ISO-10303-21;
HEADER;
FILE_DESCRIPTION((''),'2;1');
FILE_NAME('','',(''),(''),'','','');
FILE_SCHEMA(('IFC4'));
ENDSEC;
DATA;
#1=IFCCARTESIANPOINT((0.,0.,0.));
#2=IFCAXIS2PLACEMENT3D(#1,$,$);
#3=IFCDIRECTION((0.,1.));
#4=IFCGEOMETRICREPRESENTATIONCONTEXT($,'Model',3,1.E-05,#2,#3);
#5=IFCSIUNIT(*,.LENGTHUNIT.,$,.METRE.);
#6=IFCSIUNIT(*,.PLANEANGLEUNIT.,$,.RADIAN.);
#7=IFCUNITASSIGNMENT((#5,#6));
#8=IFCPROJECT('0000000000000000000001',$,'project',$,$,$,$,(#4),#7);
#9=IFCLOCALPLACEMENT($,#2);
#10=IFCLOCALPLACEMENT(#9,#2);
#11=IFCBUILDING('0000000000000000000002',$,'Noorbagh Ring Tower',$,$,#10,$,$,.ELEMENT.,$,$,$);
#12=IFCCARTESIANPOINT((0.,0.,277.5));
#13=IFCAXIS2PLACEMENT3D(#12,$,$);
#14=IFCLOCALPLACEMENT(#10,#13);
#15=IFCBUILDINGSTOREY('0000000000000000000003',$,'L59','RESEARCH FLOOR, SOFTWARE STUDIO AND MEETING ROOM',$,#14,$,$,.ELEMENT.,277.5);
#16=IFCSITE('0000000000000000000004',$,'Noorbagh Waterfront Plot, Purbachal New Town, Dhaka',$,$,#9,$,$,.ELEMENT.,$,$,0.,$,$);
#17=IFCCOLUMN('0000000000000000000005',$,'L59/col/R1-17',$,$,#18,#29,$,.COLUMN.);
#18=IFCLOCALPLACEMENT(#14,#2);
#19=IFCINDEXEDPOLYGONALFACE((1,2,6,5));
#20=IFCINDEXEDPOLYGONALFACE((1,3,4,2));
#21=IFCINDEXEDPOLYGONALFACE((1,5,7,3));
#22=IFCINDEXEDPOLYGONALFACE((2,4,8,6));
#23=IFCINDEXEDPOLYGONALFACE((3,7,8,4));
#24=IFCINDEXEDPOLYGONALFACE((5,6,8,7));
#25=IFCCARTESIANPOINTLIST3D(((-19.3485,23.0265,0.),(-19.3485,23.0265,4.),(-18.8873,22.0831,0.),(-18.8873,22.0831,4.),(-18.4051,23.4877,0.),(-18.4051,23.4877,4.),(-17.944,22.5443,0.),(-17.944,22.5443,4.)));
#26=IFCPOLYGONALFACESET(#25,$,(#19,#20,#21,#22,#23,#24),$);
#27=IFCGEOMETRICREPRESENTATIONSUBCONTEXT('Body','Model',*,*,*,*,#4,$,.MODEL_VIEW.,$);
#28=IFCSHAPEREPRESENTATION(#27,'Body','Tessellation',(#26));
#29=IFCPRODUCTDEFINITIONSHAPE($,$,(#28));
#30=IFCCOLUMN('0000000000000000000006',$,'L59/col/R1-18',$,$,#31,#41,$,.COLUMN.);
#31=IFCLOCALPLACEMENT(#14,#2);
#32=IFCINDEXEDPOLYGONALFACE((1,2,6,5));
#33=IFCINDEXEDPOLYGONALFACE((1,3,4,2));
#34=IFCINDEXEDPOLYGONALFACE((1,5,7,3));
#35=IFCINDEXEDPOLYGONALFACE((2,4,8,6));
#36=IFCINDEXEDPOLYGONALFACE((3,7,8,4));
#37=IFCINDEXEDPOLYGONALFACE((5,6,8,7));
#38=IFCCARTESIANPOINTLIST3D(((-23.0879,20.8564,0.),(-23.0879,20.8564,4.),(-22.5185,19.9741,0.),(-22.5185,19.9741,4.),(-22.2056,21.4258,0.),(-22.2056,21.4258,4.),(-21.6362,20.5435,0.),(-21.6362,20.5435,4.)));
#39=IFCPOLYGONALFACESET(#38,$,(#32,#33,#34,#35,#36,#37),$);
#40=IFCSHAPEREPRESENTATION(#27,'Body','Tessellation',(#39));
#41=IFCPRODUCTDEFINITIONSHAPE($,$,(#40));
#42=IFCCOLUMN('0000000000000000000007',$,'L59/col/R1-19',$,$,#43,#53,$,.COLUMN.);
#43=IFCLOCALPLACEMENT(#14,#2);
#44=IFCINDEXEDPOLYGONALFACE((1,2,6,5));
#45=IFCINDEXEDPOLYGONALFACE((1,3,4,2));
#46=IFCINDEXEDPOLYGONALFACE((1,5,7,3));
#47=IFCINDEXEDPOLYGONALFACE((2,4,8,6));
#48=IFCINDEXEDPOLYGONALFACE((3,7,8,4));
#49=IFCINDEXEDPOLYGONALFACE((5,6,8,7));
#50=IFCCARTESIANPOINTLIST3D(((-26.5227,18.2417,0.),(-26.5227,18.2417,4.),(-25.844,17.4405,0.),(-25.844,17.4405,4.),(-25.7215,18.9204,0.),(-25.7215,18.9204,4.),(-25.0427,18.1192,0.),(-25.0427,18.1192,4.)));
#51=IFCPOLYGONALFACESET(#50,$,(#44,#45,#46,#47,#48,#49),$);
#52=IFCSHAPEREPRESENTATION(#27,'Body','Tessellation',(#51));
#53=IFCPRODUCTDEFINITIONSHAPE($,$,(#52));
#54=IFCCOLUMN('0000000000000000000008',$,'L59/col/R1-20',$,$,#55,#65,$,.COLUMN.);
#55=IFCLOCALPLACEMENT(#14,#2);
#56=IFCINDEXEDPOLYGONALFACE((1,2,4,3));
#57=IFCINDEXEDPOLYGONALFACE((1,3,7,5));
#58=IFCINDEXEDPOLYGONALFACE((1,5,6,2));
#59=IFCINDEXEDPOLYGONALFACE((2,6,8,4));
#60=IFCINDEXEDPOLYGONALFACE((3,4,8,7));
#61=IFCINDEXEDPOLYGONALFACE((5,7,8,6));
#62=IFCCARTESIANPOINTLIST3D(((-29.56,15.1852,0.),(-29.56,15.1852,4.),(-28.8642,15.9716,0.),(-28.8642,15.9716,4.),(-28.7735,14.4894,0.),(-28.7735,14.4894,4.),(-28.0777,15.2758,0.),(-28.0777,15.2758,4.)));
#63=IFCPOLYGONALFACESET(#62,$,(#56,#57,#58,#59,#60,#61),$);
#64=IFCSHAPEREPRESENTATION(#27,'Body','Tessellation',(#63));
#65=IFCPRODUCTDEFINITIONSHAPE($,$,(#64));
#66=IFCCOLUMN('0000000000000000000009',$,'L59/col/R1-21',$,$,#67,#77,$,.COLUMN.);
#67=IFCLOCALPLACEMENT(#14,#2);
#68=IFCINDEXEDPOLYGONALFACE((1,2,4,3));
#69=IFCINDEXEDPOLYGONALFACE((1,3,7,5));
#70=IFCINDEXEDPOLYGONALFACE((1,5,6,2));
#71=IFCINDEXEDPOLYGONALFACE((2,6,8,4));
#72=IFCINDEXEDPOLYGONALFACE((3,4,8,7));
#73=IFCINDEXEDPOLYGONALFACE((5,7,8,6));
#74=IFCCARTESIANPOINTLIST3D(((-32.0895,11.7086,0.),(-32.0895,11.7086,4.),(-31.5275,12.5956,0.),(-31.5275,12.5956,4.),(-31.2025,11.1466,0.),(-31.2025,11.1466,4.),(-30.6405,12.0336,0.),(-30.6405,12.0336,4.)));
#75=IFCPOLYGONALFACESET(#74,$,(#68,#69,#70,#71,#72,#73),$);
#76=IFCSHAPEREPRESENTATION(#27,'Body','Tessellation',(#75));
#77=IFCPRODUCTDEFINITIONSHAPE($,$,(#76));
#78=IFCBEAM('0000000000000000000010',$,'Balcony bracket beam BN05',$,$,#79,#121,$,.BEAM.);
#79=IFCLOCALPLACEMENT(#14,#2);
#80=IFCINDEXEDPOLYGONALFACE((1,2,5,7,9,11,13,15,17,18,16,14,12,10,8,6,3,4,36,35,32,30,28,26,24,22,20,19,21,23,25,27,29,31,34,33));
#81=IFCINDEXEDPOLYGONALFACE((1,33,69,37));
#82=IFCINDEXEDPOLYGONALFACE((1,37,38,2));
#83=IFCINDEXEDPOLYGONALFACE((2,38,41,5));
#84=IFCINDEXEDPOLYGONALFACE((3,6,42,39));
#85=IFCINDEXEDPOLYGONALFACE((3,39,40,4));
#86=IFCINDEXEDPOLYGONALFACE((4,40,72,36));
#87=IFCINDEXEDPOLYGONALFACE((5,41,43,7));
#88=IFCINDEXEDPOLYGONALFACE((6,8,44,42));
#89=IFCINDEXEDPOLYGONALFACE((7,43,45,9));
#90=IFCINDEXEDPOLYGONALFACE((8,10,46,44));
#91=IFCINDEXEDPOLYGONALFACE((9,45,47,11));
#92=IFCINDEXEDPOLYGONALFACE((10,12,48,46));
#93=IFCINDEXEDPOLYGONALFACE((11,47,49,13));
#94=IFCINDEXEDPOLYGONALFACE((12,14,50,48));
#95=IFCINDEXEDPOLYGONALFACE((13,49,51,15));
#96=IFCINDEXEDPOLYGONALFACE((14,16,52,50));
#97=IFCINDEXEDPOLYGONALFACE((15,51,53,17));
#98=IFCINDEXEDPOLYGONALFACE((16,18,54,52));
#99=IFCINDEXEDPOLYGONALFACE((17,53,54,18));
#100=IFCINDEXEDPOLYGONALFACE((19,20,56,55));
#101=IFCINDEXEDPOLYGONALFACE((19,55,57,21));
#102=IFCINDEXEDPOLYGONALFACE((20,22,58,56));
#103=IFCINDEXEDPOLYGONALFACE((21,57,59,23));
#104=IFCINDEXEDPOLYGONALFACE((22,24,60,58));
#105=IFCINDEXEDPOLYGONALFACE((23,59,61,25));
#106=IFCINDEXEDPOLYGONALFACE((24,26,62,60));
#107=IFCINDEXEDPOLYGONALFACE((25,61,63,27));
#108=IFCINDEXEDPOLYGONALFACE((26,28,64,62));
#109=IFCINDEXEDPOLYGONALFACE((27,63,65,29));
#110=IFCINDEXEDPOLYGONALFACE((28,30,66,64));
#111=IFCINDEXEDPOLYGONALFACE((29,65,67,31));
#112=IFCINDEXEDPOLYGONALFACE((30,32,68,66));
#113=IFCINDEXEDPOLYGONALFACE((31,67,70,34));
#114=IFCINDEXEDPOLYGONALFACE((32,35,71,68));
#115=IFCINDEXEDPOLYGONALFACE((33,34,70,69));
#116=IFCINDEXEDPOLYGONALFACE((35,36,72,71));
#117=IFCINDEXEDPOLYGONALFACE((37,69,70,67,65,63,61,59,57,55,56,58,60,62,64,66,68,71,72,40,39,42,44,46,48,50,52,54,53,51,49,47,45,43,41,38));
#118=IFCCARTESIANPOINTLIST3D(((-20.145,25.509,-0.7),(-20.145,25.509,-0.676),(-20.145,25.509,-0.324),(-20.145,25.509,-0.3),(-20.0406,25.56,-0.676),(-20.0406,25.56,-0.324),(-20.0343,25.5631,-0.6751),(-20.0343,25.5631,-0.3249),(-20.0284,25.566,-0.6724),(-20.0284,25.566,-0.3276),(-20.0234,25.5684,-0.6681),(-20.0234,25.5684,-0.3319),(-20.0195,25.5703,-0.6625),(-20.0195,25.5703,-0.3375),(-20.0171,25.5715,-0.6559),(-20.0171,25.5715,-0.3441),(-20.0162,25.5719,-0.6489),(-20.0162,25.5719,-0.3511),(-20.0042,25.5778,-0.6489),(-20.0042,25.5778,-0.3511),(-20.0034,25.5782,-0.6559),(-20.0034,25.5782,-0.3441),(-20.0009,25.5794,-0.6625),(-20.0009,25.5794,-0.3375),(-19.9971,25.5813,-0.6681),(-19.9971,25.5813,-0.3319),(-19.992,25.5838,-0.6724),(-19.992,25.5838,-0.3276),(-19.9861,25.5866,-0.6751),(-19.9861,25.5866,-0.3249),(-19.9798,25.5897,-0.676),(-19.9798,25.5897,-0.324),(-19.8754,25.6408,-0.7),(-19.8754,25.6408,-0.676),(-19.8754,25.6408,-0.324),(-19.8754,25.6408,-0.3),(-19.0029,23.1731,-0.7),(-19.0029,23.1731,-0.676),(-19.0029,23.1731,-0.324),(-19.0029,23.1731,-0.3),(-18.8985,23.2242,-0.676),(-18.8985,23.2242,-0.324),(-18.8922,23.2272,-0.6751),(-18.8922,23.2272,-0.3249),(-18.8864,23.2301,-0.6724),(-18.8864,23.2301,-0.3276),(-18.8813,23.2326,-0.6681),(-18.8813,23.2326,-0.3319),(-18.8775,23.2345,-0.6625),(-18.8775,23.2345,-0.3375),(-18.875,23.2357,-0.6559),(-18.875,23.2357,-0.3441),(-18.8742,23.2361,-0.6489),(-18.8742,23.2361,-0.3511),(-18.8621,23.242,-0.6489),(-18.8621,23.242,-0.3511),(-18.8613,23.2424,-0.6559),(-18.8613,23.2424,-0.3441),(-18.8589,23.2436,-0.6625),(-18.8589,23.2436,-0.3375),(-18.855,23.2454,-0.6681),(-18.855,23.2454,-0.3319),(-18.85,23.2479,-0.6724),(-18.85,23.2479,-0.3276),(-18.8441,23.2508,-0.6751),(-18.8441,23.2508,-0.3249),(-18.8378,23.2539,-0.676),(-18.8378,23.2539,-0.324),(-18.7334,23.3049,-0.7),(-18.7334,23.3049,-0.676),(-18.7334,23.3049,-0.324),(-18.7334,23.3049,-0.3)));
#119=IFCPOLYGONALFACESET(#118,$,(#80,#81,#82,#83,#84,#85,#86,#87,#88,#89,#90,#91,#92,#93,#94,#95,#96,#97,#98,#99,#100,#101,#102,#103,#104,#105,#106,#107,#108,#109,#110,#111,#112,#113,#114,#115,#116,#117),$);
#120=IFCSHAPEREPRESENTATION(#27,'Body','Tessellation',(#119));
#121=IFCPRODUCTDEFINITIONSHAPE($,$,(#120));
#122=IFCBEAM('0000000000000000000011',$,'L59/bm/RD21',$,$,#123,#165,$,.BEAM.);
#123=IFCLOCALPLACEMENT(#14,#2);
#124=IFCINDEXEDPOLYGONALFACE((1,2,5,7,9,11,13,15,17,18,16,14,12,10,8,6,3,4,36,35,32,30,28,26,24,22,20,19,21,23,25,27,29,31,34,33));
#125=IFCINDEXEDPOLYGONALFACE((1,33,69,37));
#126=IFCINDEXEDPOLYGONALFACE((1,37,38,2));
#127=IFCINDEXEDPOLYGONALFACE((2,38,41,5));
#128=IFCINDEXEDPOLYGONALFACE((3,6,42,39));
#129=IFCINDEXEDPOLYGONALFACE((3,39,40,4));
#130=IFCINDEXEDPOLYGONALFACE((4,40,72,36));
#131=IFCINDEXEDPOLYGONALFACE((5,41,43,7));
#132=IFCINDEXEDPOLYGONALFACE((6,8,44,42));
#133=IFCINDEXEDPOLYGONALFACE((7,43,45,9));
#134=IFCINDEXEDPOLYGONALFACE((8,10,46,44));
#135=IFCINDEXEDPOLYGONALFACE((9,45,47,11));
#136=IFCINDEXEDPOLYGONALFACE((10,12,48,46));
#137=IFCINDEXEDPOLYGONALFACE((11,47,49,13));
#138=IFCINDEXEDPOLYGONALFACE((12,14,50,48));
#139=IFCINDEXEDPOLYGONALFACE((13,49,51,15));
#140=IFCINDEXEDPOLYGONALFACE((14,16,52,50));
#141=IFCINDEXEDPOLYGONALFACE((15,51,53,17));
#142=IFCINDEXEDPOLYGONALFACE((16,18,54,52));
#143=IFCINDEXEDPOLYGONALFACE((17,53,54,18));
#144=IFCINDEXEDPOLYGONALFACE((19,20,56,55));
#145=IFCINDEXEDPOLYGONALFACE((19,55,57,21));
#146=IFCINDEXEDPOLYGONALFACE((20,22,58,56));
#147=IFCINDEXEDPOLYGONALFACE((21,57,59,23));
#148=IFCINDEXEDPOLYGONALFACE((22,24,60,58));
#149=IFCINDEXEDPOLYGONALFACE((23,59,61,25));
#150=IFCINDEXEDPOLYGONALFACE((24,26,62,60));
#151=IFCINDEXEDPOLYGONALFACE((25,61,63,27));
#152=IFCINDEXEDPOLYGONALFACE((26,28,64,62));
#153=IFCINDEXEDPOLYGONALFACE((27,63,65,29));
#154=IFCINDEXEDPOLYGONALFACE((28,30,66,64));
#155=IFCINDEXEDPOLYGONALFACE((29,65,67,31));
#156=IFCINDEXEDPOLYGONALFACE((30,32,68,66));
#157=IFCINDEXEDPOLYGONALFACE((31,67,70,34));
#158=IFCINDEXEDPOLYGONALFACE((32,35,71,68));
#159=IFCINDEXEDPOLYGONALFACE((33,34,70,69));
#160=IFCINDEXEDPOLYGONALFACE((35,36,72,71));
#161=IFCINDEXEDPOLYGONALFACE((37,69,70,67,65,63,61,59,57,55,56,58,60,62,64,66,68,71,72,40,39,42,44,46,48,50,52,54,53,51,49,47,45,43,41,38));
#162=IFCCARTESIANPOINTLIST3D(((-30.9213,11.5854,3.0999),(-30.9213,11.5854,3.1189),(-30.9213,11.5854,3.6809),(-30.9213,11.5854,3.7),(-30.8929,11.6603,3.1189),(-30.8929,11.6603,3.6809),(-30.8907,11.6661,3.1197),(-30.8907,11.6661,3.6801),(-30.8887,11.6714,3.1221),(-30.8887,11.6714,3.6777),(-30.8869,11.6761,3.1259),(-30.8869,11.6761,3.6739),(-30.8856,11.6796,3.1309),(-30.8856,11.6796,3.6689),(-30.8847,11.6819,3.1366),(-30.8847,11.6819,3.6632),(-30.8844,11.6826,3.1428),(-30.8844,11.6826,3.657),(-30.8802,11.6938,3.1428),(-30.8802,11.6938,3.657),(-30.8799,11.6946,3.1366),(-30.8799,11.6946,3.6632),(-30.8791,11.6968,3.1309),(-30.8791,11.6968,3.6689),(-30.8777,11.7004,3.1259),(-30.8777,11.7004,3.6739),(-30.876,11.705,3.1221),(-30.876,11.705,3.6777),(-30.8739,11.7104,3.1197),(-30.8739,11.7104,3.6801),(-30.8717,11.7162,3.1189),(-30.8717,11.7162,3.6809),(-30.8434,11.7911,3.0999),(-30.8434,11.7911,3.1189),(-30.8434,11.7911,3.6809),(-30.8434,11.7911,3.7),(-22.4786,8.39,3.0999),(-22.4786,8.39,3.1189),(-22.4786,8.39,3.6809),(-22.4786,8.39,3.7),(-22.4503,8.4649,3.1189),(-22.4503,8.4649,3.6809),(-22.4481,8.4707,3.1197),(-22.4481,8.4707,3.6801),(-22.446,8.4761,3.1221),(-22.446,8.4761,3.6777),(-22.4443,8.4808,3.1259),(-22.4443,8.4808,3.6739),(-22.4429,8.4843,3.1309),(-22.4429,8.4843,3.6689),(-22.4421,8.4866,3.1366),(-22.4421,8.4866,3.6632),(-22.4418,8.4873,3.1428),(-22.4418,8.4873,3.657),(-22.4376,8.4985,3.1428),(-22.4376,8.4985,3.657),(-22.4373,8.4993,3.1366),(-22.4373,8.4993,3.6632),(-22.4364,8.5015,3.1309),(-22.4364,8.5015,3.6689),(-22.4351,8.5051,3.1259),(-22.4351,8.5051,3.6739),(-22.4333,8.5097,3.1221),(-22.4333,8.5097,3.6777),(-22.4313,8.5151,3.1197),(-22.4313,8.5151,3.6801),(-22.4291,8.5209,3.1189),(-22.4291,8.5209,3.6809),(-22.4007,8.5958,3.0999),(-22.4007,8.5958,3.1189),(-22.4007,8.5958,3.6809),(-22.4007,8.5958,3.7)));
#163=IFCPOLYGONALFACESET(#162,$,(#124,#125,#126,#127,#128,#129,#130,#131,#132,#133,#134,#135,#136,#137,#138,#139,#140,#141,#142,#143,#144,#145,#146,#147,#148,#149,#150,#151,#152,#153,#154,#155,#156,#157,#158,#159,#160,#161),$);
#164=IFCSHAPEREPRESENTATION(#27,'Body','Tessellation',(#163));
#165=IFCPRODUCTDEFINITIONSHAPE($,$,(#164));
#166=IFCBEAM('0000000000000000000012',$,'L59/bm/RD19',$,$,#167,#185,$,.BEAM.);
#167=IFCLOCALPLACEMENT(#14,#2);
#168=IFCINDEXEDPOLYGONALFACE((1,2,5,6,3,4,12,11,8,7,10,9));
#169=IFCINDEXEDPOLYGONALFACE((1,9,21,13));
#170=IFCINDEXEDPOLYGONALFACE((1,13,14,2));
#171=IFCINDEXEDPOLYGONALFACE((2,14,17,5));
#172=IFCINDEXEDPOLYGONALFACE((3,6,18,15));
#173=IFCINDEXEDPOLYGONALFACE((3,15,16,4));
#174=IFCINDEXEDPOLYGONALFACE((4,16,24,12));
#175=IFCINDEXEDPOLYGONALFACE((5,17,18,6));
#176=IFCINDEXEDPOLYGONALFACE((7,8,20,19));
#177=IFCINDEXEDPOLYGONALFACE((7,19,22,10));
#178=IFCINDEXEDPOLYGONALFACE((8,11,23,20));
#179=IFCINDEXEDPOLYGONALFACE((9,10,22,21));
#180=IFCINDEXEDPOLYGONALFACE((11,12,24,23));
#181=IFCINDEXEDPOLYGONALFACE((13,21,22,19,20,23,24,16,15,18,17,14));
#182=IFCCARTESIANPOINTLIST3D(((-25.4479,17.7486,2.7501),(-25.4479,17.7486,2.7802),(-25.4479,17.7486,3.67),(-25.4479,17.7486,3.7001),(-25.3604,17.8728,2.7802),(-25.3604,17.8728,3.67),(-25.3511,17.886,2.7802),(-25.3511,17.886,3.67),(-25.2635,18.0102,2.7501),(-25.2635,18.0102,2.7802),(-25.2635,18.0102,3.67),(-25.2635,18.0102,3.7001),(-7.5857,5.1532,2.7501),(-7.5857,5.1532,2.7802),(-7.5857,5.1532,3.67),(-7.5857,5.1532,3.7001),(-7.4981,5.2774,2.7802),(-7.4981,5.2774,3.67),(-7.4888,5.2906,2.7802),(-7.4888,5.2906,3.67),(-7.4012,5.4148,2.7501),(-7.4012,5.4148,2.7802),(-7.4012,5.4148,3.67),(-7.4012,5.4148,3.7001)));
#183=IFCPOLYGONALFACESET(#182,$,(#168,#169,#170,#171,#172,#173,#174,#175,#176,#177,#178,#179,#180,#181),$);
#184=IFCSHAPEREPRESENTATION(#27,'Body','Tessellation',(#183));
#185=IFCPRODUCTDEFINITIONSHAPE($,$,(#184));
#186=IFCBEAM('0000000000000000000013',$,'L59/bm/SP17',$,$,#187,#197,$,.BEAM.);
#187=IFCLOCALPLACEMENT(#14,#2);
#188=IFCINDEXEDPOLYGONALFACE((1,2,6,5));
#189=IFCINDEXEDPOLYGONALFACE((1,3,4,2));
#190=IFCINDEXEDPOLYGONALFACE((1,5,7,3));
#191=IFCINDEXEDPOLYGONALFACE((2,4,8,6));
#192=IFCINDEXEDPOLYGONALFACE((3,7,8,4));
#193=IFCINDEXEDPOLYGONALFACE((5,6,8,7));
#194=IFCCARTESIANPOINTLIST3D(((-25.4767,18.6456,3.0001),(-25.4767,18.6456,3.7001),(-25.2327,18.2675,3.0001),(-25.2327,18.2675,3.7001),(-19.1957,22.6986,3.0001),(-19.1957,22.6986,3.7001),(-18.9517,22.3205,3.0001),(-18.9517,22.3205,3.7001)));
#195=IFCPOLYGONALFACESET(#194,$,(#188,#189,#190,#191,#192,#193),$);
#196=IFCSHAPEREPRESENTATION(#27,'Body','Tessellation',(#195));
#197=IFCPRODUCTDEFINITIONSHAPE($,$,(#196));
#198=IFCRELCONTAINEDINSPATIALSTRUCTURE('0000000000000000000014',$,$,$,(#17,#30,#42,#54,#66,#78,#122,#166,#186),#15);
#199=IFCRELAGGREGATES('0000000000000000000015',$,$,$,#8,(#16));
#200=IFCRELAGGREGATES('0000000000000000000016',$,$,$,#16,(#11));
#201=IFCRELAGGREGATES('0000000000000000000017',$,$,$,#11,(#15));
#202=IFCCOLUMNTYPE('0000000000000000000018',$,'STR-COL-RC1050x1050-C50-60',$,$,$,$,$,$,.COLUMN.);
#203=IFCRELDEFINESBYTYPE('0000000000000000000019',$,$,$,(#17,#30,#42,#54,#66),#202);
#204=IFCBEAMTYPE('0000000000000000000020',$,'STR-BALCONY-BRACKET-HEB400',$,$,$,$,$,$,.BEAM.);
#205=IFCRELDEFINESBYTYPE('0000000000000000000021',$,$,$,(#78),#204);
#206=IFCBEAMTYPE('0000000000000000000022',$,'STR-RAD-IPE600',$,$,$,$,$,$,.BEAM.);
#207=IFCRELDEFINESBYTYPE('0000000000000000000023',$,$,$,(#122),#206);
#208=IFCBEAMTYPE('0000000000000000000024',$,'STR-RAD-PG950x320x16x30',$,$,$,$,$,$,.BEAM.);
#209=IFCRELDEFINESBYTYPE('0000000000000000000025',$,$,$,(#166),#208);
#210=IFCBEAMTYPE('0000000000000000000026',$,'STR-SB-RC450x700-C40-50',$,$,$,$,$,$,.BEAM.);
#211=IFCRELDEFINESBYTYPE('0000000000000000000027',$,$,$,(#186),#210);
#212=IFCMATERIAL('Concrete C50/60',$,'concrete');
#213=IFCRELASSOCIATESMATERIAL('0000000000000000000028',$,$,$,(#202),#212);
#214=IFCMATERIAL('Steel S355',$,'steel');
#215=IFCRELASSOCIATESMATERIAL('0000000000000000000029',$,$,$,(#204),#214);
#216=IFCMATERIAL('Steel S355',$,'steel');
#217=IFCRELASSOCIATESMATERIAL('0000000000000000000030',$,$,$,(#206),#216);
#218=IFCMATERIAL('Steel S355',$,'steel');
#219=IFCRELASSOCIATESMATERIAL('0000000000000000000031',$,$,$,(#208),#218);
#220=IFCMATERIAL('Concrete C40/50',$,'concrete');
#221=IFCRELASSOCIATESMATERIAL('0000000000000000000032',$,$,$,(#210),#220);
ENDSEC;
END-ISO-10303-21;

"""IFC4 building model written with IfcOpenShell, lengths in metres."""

from ifc_helpers import new_model, si_unit, direction, frame, origin, origin_2d, place, context, subcontext, project, spatial, rectangle, i_section, extrude, material, material_profile, profile_set, type_object, element, save


model = new_model("IFC4")

# Units and contexts
model_context = context("Model", 3, precision=1e-05, world=origin(), true_north=direction((0.0, 1.0)))
body_context = subcontext(model_context, "Body", "Model", "MODEL_VIEW")
ifc_project = project(units=[si_unit("LENGTHUNIT", "METRE"), si_unit("PLANEANGLEUNIT", "RADIAN")], contexts=[model_context])

# Site, building, storey
site_placement = place(None, origin())
site = spatial("IfcSite", under=ifc_project, at=site_placement, Name="Noorbagh Waterfront Plot, Purbachal New Town, Dhaka", CompositionType="ELEMENT", RefElevation=0.0)
building_placement = place(site_placement, origin())
building = spatial("IfcBuilding", under=site, at=building_placement, Name="Noorbagh Ring Tower", CompositionType="ELEMENT")
storey_placement = place(building_placement, frame((0.0, 0.0, 277.5)))
storey = spatial("IfcBuildingStorey", under=building, at=storey_placement, Name="L59", Description="RESEARCH FLOOR, SOFTWARE STUDIO AND MEETING ROOM", CompositionType="ELEMENT", Elevation=277.5)

# Columns
ifc_material_1 = material(Name="Concrete C50/60", Category="concrete")
ifc_material_profile_1 = material_profile(ifc_material_1, rectangle(XDim=1.05, YDim=1.05, at=origin_2d()), Name="RC1050x1050")
ifc_profile_set_1 = profile_set([ifc_material_profile_1], Name="Concrete C50/60")
column_type = type_object("IfcColumnType", Name="STR-COL-RC1050x1050-C50-60", PredefinedType="COLUMN", material=ifc_profile_set_1)
for number, where, z_axis, x_axis, name in (
    (1, (-18.6462, 22.7854, 0.0), (0.0, 0.0, 1.0), (-0.898399, -0.43918, 0.0), "L59/col/R1-17"),
    (2, (-22.3621, 20.7, 0.0), (0.0, 0.0, 1.0), (-0.840248, -0.542203, 0.0), "L59/col/R1-18"),
    (3, (-25.7827, 18.1804, 0.0), (0.0, 0.0, 1.0), (-0.763035, -0.646357, 0.0), "L59/col/R1-19"),
    (4, (-28.8188, 15.2305, 0.0), (0.0, 0.0, 1.0), (-0.662636, -0.748942, 0.0), "L59/col/R1-20"),
    (5, (-31.365, 11.8711, 0.0), (0.0, 0.0, 1.0), (-0.53519, -0.844731, 0.0), "L59/col/R1-21"),
):
    element("IfcColumn", number, at=place(storey_placement, frame(where, z_axis=z_axis, x_axis=x_axis)), inside=storey, type_object=column_type, Name=name, PredefinedType="COLUMN", context=body_context, shape_type="SweptSolid", body=[
        extrude(rectangle(XDim=1.05, YDim=1.05, at=origin_2d()), origin(), (0.0, 0.0, 1.0), 4.0),
    ])

# Beams
ifc_material_2 = material(Name="Steel S355", Category="steel")
ifc_material_profile_2 = material_profile(ifc_material_2, i_section(OverallWidth=0.3, OverallDepth=0.3999, WebThickness=0.0134, FlangeThickness=0.0239, FilletRadius=0.0271, at=origin_2d()), Name="HEB400")
ifc_profile_set_2 = profile_set([ifc_material_profile_2], Name="Steel S355")
beam_type_1 = type_object("IfcBeamType", Name="STR-BALCONY-BRACKET-HEB400", PredefinedType="BEAM", material=ifc_profile_set_2)
beam_1_placement = place(storey_placement, frame((-18.8682, 23.239, -0.5), z_axis=(-0.439234, 0.898373, 0.0), x_axis=(-0.898373, -0.439234, 0.0)))
element("IfcBeam", 6, at=beam_1_placement, inside=storey, type_object=beam_type_1, Name="Balcony bracket beam BN05", PredefinedType="BEAM", context=body_context, shape_type="SweptSolid", body=[
    extrude(i_section(OverallWidth=0.3, OverallDepth=0.3999, WebThickness=0.0134, FlangeThickness=0.0239, FilletRadius=0.0271, at=origin_2d()), origin(), (0.0, 0.0, 1.0), 2.6001),
])
ifc_material_3 = material(Name="Steel S355", Category="steel")
ifc_material_profile_3 = material_profile(ifc_material_3, i_section(OverallWidth=0.22, OverallDepth=0.6001, WebThickness=0.012, FlangeThickness=0.019, FilletRadius=0.0239, at=origin_2d()), Name="IPE600")
ifc_profile_set_3 = profile_set([ifc_material_profile_3], Name="Steel S355")
beam_type_2 = type_object("IfcBeamType", Name="STR-RAD-IPE600", PredefinedType="BEAM", material=ifc_profile_set_3)
beam_2_placement = place(storey_placement, frame((-30.8823, 11.6882, 3.3999), z_axis=(0.935257, -0.35397, 0.0), x_axis=(0.35397, 0.935257, 0.0)))
element("IfcBeam", 7, at=beam_2_placement, inside=storey, type_object=beam_type_2, Name="L59/bm/RD21", PredefinedType="BEAM", context=body_context, shape_type="SweptSolid", body=[
    extrude(i_section(OverallWidth=0.22, OverallDepth=0.6001, WebThickness=0.012, FlangeThickness=0.019, FilletRadius=0.0239, at=origin_2d()), origin(), (0.0, 0.0, 1.0), 9.0271),
])
ifc_material_4 = material(Name="Steel S355", Category="steel")
ifc_material_profile_4 = material_profile(ifc_material_4, i_section(OverallWidth=0.3201, OverallDepth=0.95, WebThickness=0.0161, FlangeThickness=0.03, at=origin_2d()), Name="PG950x320x16x30")
ifc_profile_set_4 = profile_set([ifc_material_profile_4], Name="Steel S355")
beam_type_3 = type_object("IfcBeamType", Name="STR-RAD-PG950x320x16x30", PredefinedType="BEAM", material=ifc_profile_set_4)
beam_3_placement = place(storey_placement, frame((-25.3557, 17.8794, 3.2251), z_axis=(0.817253, -0.576279, 0.0), x_axis=(0.576279, 0.817253, 0.0)))
element("IfcBeam", 8, at=beam_3_placement, inside=storey, type_object=beam_type_3, Name="L59/bm/RD19", PredefinedType="BEAM", context=body_context, shape_type="SweptSolid", body=[
    extrude(i_section(OverallWidth=0.3201, OverallDepth=0.95, WebThickness=0.0161, FlangeThickness=0.03, at=origin_2d()), origin(), (0.0, 0.0, 1.0), 21.8564),
])
ifc_material_5 = material(Name="Concrete C40/50", Category="concrete")
ifc_material_profile_5 = material_profile(ifc_material_5, rectangle(XDim=0.45, YDim=0.7, at=origin_2d()), Name="RC450x700")
ifc_profile_set_5 = profile_set([ifc_material_profile_5], Name="Concrete C40/50")
beam_type_4 = type_object("IfcBeamType", Name="STR-SB-RC450x700-C40-50", PredefinedType="BEAM", material=ifc_profile_set_5)
beam_4_placement = place(storey_placement, frame((-19.0737, 22.5095, 3.3501), z_axis=(-0.840253, -0.542195, 0.0), x_axis=(0.542195, -0.840253, 0.0)))
element("IfcBeam", 9, at=beam_4_placement, inside=storey, type_object=beam_type_4, Name="L59/bm/SP17", PredefinedType="BEAM", context=body_context, shape_type="SweptSolid", body=[
    extrude(rectangle(XDim=0.45, YDim=0.7, at=origin_2d()), origin(), (0.0, 0.0, 1.0), 7.4751),
])

save(model, "model.ifc")
